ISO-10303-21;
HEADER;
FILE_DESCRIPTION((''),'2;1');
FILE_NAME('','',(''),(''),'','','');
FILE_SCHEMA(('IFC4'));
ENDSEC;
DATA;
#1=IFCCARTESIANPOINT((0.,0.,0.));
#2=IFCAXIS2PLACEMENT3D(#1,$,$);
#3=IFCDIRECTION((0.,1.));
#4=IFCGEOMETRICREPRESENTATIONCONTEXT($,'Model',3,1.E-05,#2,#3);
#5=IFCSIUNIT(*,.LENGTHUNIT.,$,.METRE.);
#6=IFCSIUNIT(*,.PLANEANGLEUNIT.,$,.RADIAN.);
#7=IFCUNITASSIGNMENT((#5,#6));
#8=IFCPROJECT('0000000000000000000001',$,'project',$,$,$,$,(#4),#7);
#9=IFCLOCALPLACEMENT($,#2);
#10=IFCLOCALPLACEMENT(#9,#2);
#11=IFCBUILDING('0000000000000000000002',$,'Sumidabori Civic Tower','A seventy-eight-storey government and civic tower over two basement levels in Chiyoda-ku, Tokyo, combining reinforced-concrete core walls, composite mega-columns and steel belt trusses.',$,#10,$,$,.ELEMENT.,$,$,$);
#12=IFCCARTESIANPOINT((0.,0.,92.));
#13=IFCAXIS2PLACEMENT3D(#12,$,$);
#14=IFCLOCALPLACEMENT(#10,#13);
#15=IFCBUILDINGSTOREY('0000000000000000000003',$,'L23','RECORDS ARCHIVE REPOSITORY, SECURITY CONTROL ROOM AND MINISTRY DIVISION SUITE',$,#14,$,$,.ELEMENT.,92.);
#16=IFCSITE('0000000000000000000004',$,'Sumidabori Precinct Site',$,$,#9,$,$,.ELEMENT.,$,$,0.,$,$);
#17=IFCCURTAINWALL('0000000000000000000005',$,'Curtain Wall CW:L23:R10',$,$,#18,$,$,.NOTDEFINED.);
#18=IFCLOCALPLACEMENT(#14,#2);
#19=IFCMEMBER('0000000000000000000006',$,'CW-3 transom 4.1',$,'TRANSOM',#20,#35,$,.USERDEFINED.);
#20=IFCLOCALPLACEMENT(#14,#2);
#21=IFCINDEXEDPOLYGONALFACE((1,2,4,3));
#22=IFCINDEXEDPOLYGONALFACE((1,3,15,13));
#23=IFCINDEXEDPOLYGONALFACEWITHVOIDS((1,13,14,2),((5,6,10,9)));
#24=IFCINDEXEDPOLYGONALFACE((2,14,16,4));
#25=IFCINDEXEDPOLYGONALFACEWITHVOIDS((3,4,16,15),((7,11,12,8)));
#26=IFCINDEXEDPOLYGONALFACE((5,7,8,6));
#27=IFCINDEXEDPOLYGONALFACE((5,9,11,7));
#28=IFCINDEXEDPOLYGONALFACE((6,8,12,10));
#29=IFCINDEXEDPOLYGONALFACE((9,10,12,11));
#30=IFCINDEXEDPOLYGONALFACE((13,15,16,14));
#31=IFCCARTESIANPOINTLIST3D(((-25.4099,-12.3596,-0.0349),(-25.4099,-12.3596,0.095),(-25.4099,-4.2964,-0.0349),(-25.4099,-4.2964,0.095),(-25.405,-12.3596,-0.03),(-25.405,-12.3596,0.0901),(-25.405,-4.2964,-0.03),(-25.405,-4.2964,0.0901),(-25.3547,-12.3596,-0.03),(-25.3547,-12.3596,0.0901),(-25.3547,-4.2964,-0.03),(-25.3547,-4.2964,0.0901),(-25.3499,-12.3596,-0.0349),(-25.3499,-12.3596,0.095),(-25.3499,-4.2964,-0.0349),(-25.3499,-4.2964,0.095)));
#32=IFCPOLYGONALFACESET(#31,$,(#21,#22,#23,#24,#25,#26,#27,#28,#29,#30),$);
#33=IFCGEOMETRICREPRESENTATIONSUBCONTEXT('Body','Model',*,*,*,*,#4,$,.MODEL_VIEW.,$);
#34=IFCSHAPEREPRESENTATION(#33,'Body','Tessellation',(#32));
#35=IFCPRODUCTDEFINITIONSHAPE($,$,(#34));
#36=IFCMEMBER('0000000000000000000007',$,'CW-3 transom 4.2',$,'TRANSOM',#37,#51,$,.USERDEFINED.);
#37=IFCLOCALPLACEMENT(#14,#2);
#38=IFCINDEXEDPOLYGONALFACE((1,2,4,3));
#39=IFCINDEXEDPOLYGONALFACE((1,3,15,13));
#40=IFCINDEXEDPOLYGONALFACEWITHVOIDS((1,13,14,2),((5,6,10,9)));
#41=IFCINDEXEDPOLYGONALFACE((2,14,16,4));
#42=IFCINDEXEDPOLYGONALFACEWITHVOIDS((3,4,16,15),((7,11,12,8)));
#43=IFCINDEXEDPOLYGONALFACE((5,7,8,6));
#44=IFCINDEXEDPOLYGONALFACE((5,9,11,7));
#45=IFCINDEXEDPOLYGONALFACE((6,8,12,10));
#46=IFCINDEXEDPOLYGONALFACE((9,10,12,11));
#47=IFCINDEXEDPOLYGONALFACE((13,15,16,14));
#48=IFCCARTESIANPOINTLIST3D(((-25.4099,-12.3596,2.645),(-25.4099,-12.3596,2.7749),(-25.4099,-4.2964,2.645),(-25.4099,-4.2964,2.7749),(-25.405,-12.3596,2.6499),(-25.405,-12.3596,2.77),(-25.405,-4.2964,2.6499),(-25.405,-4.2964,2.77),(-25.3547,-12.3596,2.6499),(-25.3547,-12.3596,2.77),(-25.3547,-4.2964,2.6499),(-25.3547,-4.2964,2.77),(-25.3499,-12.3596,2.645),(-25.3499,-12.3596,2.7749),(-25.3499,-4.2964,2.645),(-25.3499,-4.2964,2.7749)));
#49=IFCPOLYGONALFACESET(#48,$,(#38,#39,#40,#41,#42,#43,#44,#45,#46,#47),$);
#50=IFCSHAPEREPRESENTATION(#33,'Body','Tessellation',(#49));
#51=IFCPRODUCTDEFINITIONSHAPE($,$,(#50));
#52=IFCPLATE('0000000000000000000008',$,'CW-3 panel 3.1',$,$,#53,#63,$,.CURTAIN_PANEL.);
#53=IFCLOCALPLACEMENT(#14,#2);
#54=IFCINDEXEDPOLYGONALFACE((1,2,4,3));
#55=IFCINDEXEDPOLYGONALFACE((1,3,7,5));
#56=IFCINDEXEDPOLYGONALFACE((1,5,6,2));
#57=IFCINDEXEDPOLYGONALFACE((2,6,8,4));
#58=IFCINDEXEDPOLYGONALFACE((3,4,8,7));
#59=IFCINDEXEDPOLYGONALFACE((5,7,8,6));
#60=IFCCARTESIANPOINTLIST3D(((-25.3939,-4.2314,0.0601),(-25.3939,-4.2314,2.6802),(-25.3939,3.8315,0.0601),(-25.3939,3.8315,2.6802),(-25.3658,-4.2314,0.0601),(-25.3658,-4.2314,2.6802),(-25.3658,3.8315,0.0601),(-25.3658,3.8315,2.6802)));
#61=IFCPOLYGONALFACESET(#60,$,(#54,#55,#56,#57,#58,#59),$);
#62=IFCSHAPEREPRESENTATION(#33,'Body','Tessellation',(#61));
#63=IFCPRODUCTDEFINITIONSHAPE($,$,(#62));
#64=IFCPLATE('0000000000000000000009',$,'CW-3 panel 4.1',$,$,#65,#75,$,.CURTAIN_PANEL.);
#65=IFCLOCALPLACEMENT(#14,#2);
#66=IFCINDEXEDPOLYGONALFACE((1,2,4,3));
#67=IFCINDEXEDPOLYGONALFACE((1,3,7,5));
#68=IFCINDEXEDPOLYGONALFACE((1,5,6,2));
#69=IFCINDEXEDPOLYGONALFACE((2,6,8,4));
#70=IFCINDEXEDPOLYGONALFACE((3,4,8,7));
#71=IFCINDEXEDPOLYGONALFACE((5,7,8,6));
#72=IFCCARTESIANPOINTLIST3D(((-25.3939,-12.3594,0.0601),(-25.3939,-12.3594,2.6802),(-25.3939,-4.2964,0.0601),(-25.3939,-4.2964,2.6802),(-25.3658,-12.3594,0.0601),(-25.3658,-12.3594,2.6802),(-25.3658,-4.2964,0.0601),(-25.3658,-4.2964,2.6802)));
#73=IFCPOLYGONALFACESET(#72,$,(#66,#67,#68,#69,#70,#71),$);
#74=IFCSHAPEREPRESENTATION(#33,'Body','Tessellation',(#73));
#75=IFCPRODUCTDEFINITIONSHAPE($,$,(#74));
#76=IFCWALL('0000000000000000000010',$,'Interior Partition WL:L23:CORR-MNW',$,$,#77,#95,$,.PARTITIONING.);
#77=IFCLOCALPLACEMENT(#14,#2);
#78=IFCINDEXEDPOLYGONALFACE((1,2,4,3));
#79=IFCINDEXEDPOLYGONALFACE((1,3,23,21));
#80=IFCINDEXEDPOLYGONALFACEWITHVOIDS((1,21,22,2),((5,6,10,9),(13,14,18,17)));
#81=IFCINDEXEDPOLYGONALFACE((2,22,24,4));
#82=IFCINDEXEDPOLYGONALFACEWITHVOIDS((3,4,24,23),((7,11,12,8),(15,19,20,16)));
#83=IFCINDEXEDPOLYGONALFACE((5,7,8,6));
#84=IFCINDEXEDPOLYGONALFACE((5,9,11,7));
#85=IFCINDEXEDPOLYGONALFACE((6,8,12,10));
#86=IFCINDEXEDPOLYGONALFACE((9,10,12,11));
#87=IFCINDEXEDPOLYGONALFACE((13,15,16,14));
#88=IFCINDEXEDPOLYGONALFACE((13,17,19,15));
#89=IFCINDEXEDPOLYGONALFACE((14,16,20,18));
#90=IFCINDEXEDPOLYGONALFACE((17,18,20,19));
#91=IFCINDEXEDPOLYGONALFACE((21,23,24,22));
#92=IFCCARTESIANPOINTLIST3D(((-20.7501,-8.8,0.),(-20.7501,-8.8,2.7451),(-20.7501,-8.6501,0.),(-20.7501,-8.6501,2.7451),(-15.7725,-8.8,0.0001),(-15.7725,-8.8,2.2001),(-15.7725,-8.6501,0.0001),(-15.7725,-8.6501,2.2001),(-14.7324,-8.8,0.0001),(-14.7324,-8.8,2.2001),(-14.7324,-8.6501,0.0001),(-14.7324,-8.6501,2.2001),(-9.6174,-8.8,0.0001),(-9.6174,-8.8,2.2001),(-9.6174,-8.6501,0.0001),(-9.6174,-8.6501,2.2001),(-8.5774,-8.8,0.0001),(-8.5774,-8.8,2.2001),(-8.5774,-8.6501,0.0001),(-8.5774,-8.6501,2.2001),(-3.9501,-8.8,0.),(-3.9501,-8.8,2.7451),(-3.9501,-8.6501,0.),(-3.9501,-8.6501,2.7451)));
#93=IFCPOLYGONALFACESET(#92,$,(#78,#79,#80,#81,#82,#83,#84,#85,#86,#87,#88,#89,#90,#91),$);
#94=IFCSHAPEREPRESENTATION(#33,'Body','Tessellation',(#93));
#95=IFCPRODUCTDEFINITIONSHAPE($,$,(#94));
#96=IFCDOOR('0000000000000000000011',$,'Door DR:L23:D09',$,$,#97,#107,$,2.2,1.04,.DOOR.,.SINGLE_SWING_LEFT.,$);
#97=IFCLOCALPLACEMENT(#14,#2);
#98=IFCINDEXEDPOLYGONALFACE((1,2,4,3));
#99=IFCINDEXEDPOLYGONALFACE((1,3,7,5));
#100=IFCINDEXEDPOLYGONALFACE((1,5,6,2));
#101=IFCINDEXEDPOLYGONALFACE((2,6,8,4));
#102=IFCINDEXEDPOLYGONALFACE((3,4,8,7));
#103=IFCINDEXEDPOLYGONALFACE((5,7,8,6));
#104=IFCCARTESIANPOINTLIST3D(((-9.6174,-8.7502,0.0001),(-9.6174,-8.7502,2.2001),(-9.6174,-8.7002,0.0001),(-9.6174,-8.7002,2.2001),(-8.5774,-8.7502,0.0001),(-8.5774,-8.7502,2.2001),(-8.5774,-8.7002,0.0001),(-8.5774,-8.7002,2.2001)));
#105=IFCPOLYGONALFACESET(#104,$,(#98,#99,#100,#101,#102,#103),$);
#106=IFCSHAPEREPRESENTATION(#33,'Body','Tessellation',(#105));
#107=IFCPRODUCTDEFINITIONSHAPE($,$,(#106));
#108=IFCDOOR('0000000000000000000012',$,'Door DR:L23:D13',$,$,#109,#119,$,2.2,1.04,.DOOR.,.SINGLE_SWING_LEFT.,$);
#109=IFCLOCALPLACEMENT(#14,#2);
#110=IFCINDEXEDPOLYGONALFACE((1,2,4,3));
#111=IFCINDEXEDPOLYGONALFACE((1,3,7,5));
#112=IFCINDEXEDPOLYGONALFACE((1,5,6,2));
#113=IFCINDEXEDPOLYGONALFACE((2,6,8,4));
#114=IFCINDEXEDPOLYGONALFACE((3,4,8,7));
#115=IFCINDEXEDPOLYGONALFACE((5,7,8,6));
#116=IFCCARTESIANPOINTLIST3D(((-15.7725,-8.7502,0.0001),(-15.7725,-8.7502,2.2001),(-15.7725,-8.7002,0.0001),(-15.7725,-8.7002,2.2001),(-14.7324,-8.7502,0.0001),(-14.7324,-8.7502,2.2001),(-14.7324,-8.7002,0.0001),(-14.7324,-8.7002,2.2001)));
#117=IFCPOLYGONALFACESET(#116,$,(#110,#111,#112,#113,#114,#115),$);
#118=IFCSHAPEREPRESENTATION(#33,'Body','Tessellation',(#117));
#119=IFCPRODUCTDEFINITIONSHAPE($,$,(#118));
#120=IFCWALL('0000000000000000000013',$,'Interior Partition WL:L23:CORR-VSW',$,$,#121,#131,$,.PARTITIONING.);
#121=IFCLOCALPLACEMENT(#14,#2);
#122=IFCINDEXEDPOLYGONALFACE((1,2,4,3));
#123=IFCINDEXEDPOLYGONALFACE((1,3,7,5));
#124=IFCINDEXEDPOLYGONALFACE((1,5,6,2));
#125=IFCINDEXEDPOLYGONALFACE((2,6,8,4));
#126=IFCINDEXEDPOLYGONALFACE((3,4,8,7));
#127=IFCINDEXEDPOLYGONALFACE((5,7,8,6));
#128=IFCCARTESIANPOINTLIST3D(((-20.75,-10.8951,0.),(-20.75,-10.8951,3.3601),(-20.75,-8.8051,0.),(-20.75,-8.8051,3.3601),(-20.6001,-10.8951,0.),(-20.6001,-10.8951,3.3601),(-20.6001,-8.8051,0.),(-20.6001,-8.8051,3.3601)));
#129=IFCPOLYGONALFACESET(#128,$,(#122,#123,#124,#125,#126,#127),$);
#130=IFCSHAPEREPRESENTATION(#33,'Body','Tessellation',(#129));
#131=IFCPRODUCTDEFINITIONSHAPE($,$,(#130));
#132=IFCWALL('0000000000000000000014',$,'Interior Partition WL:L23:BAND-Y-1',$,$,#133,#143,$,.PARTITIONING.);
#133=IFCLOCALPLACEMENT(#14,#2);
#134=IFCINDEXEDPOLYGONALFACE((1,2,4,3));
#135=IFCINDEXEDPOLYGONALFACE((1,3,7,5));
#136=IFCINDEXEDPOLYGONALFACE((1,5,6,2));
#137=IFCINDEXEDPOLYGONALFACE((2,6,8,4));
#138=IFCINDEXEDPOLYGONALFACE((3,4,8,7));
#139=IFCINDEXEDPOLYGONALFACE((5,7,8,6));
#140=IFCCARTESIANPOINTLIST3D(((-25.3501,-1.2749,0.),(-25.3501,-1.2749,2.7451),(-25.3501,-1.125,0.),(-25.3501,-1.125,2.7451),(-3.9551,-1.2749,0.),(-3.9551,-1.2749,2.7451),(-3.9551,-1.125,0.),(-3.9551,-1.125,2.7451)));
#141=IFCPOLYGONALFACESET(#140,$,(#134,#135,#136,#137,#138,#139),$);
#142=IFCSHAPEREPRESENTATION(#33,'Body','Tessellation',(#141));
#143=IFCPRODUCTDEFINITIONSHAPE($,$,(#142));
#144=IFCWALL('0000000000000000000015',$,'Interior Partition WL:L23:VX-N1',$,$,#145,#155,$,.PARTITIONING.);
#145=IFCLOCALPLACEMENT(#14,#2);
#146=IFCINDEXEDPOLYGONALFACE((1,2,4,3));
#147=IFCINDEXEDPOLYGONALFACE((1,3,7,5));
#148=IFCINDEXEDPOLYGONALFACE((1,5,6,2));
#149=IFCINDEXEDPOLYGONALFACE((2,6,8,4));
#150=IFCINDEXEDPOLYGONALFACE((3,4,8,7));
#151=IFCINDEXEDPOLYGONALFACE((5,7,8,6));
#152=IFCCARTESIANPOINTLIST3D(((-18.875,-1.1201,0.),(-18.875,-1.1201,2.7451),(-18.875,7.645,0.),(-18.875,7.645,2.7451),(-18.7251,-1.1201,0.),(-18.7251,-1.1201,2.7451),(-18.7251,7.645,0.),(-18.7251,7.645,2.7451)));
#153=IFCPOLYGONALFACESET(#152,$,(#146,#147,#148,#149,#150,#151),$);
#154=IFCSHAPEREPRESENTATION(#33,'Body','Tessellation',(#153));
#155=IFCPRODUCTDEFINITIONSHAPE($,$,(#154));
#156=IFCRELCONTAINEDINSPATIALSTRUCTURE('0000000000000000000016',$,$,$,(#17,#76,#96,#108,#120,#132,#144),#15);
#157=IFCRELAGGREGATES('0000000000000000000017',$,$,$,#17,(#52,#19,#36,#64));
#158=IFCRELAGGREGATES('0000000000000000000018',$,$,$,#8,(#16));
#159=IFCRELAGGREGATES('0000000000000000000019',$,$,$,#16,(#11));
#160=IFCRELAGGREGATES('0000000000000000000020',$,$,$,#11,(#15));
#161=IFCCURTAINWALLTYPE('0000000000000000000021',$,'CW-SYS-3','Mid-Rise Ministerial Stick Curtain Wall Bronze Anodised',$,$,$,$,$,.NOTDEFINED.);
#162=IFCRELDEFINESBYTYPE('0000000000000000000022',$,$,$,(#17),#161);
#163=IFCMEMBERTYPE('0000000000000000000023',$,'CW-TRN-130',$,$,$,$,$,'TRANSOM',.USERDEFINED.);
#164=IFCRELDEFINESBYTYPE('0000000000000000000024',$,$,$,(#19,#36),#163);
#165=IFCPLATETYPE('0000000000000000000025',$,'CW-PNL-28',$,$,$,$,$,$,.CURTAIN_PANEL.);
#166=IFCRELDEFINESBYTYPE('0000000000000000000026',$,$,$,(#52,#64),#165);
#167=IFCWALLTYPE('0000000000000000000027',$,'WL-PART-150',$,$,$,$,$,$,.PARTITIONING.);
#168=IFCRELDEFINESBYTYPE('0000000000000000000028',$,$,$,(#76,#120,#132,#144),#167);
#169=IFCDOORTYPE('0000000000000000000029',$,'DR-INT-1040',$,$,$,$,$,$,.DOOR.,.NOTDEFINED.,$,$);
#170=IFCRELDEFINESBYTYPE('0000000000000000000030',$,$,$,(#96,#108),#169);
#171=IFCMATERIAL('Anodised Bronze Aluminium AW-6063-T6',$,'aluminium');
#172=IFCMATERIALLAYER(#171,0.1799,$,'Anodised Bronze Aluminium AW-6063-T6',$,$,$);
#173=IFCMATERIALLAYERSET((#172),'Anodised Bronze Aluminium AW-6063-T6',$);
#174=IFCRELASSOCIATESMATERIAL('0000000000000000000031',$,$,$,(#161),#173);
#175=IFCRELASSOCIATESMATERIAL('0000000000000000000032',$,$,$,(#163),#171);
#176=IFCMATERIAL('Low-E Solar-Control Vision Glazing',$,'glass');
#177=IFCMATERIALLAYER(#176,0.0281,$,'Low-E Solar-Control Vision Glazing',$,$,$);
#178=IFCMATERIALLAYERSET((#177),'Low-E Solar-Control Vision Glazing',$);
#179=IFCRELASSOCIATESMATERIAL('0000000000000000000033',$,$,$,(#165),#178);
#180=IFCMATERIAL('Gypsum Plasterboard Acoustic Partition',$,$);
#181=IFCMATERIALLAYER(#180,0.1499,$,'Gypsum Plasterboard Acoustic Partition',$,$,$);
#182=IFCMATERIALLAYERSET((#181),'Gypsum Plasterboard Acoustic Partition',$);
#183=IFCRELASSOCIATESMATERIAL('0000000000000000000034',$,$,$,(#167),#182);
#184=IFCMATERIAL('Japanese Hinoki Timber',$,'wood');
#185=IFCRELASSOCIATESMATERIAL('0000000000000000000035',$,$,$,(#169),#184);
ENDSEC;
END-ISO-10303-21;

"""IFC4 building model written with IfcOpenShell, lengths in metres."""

from ifc_helpers import new_model, si_unit, direction, frame, frame_2d, origin, origin_2d, place, context, subcontext, project, spatial, rectangle, hollow_rectangle, extrude, source, transform, mapped, material, layer, layer_set, material_profile, profile_set, type_object, element, fill, aggregate, save


model = new_model("IFC4")

# Units and contexts
model_context = context("Model", 3, precision=1e-05, world=origin(), true_north=direction((0.0, 1.0)))
body_context = subcontext(model_context, "Body", "Model", "MODEL_VIEW")
ifc_project = project(units=[si_unit("LENGTHUNIT", "METRE"), si_unit("PLANEANGLEUNIT", "RADIAN")], contexts=[model_context])

# Site, building, storey
site_placement = place(None, origin())
site = spatial("IfcSite", under=ifc_project, at=site_placement, Name="Sumidabori Precinct Site", CompositionType="ELEMENT", RefElevation=0.0)
building_placement = place(site_placement, origin())
building = spatial("IfcBuilding", under=site, at=building_placement, Name="Sumidabori Civic Tower", Description="A seventy-eight-storey government and civic tower over two basement levels in Chiyoda-ku, Tokyo, combining reinforced-concrete core walls, composite mega-columns and steel belt trusses.", CompositionType="ELEMENT")
storey_placement = place(building_placement, frame((0.0, 0.0, 92.0)))
storey = spatial("IfcBuildingStorey", under=building, at=storey_placement, Name="L23", Description="RECORDS ARCHIVE REPOSITORY, SECURITY CONTROL ROOM AND MINISTRY DIVISION SUITE", CompositionType="ELEMENT", Elevation=92.0)

# Curtain wall, members, plates
ifc_material_1 = material(Name="Anodised Bronze Aluminium AW-6063-T6", Category="aluminium")
ifc_layer_1 = layer(ifc_material_1, 0.1799, Name="Anodised Bronze Aluminium AW-6063-T6")
ifc_layer_set_1 = layer_set([ifc_layer_1], Name="Anodised Bronze Aluminium AW-6063-T6")
curtain_wall_type = type_object("IfcCurtainWallType", Name="CW-SYS-3", Description="Mid-Rise Ministerial Stick Curtain Wall Bronze Anodised", PredefinedType="NOTDEFINED", material=ifc_layer_set_1)
curtain_wall_placement = place(storey_placement, origin())
curtain_wall = element("IfcCurtainWall", 1, at=curtain_wall_placement, inside=storey, type_object=curtain_wall_type, Name="Curtain Wall CW:L23:R10", PredefinedType="NOTDEFINED")
ifc_material_profile_1 = material_profile(ifc_material_1, hollow_rectangle(XDim=0.0601, YDim=0.1299, WallThickness=0.0049, at=origin_2d()), Name="ALU TRANSOM 130x60")
ifc_profile_set_1 = profile_set([ifc_material_profile_1], Name="Anodised Bronze Aluminium AW-6063-T6")
member_type_1 = type_object("IfcMemberType", Name="CW-TRN-130", ElementType="TRANSOM", PredefinedType="USERDEFINED", material=ifc_profile_set_1)
shared_shape_1 = source(origin(), body_context, "Body", "SweptSolid", [
    extrude(hollow_rectangle(XDim=0.0601, YDim=0.1299, WallThickness=0.0049, at=origin_2d()), origin(), (0.0, 0.0, 1.0), 8.0632),
])
member_1_placement = place(storey_placement, frame((-25.3799, -4.2964, 0.03), z_axis=(0.0, -1.0, 0.0), x_axis=(1.0, 0.0, 0.0)))
member_1 = element("IfcMember", 2, at=member_1_placement, type_object=member_type_1, Name="CW-3 transom 4.1", ObjectType="TRANSOM", PredefinedType="USERDEFINED", context=body_context, shape_type="MappedRepresentation", body=[
    mapped(shared_shape_1, transform((0.0, 0.0, 0.0), x_axis=(1.0, 0.0, 0.0), y_axis=(0.0, 1.0, 0.0), z_axis=(0.0, 0.0, 1.0), scale=1.0)),
])
member_2_placement = place(storey_placement, frame((-25.3799, -4.2964, 2.71), z_axis=(0.0, -1.0, 0.0), x_axis=(1.0, 0.0, 0.0)))
member_2 = element("IfcMember", 3, at=member_2_placement, type_object=member_type_1, Name="CW-3 transom 4.2", ObjectType="TRANSOM", PredefinedType="USERDEFINED", context=body_context, shape_type="MappedRepresentation", body=[
    mapped(shared_shape_1, transform((0.0, 0.0, 0.0), x_axis=(1.0, 0.0, 0.0), y_axis=(0.0, 1.0, 0.0), z_axis=(0.0, 0.0, 1.0), scale=1.0)),
])
ifc_material_2 = material(Name="Low-E Solar-Control Vision Glazing", Category="glass")
ifc_layer_2 = layer(ifc_material_2, 0.0281, Name="Low-E Solar-Control Vision Glazing")
ifc_layer_set_2 = layer_set([ifc_layer_2], Name="Low-E Solar-Control Vision Glazing")
plate_type = type_object("IfcPlateType", Name="CW-PNL-28", PredefinedType="CURTAIN_PANEL", material=ifc_layer_set_2)
shared_shape_2 = source(origin(), body_context, "Body", "SweptSolid", [
    extrude(rectangle(XDim=8.063, YDim=0.0281, at=origin_2d()), origin(), (0.0, 0.0, 1.0), 2.6201),
])
plate_1_placement = place(storey_placement, frame((-25.3799, -0.2, 0.0601), z_axis=(0.0, 0.0, 1.0), x_axis=(0.0, -1.0, 0.0)))
plate_1 = element("IfcPlate", 4, at=plate_1_placement, type_object=plate_type, Name="CW-3 panel 3.1", PredefinedType="CURTAIN_PANEL", context=body_context, shape_type="MappedRepresentation", body=[
    mapped(shared_shape_2, transform((0.0, 0.0, 0.0), x_axis=(1.0, 0.0, 0.0), y_axis=(0.0, 1.0, 0.0), z_axis=(0.0, 0.0, 1.0), scale=1.0)),
])
plate_2_placement = place(storey_placement, frame((-25.3799, -8.3279, 0.0601), z_axis=(0.0, 0.0, 1.0), x_axis=(0.0, -1.0, 0.0)))
plate_2 = element("IfcPlate", 5, at=plate_2_placement, type_object=plate_type, Name="CW-3 panel 4.1", PredefinedType="CURTAIN_PANEL", context=body_context, shape_type="MappedRepresentation", body=[
    mapped(shared_shape_2, transform((0.0, 0.0, 0.0), x_axis=(1.0, 0.0, 0.0), y_axis=(0.0, 1.0, 0.0), z_axis=(0.0, 0.0, 1.0), scale=1.0)),
])
aggregate(curtain_wall, [plate_1, member_1, member_2, plate_2])

# Wall, openings, doors
ifc_material_3 = material(Name="Gypsum Plasterboard Acoustic Partition")
ifc_layer_3 = layer(ifc_material_3, 0.1499, Name="Gypsum Plasterboard Acoustic Partition")
ifc_layer_set_3 = layer_set([ifc_layer_3], Name="Gypsum Plasterboard Acoustic Partition")
wall_type = type_object("IfcWallType", Name="WL-PART-150", PredefinedType="PARTITIONING", material=ifc_layer_set_3)
shared_shape_3 = source(origin(), body_context, "Body", "SweptSolid", [
    extrude(rectangle(XDim=16.8, YDim=0.1499, at=frame_2d((8.3999, 0.0))), origin(), (0.0, 0.0, 1.0), 2.7451),
])
wall_1_placement = place(storey_placement, frame((-20.75, -8.7251, 0.0), z_axis=(0.0, 0.0, 1.0), x_axis=(1.0, 0.0, 0.0)))
wall_1 = element("IfcWall", 6, at=wall_1_placement, inside=storey, type_object=wall_type, Name="Interior Partition WL:L23:CORR-MNW", PredefinedType="PARTITIONING", context=body_context, shape_type="MappedRepresentation", body=[
    mapped(shared_shape_3, transform((0.0, 0.0, 0.0), x_axis=(1.0, 0.0, 0.0), y_axis=(0.0, 1.0, 0.0), z_axis=(0.0, 0.0, 1.0), scale=1.0)),
])
opening_1_placement = place(wall_1_placement, frame((11.1326, 0.0, 0.0)))
opening_1 = element("IfcOpeningElement", 7, at=opening_1_placement, cuts=wall_1, PredefinedType="OPENING", context=body_context, shape_type="SweptSolid", body=[
    extrude(rectangle(XDim=1.04, YDim=2.2, at=frame_2d((0.52, 1.1001))), frame((0.0, 0.0869, 0.0), z_axis=(0.0, -1.0, 0.0), x_axis=(1.0, 0.0, 0.0)), (0.0, 0.0, 1.0), 0.1738),
])
opening_2_placement = place(wall_1_placement, frame((4.9775, 0.0, 0.0)))
opening_2 = element("IfcOpeningElement", 8, at=opening_2_placement, cuts=wall_1, PredefinedType="OPENING", context=body_context, shape_type="SweptSolid", body=[
    extrude(rectangle(XDim=1.04, YDim=2.2, at=frame_2d((0.52, 1.1001))), frame((0.0, 0.0869, 0.0), z_axis=(0.0, -1.0, 0.0), x_axis=(1.0, 0.0, 0.0)), (0.0, 0.0, 1.0), 0.1738),
])
ifc_material_4 = material(Name="Japanese Hinoki Timber", Category="wood")
door_type = type_object("IfcDoorType", Name="DR-INT-1040", OperationType="NOTDEFINED", PredefinedType="DOOR", material=ifc_material_4)
shared_shape_4 = source(origin(), body_context, "Body", "SweptSolid", [
    extrude(rectangle(XDim=1.04, YDim=2.2, at=frame_2d((0.52, 1.1001))), frame((0.0, 0.0249, 0.0), z_axis=(0.0, -1.0, 0.0), x_axis=(1.0, 0.0, 0.0)), (0.0, 0.0, 1.0), 0.05),
])
door_1_placement = place(opening_1_placement, origin())
door_1 = element("IfcDoor", 9, at=door_1_placement, inside=storey, type_object=door_type, Name="Door DR:L23:D09", OperationType="SINGLE_SWING_LEFT", OverallHeight=2.2, OverallWidth=1.04, PredefinedType="DOOR", context=body_context, shape_type="MappedRepresentation", body=[
    mapped(shared_shape_4, transform((0.0, 0.0, 0.0), x_axis=(1.0, 0.0, 0.0), y_axis=(0.0, 1.0, 0.0), z_axis=(0.0, 0.0, 1.0), scale=1.0)),
])
fill(opening_1, door_1)
door_2_placement = place(opening_2_placement, origin())
door_2 = element("IfcDoor", 10, at=door_2_placement, inside=storey, type_object=door_type, Name="Door DR:L23:D13", OperationType="SINGLE_SWING_LEFT", OverallHeight=2.2, OverallWidth=1.04, PredefinedType="DOOR", context=body_context, shape_type="MappedRepresentation", body=[
    mapped(shared_shape_4, transform((0.0, 0.0, 0.0), x_axis=(1.0, 0.0, 0.0), y_axis=(0.0, 1.0, 0.0), z_axis=(0.0, 0.0, 1.0), scale=1.0)),
])
fill(opening_2, door_2)

# Walls
shared_shape_5 = source(origin(), body_context, "Body", "SweptSolid", [
    extrude(rectangle(XDim=2.0901, YDim=0.1499, at=frame_2d((1.0449, 0.0))), origin(), (0.0, 0.0, 1.0), 3.3601),
])
wall_2_placement = place(storey_placement, frame((-20.675, -10.895, 0.0), z_axis=(0.0, 0.0, 1.0), x_axis=(0.0, 1.0, 0.0)))
element("IfcWall", 11, at=wall_2_placement, inside=storey, type_object=wall_type, Name="Interior Partition WL:L23:CORR-VSW", PredefinedType="PARTITIONING", context=body_context, shape_type="MappedRepresentation", body=[
    mapped(shared_shape_5, transform((0.0, 0.0, 0.0), x_axis=(1.0, 0.0, 0.0), y_axis=(0.0, 1.0, 0.0), z_axis=(0.0, 0.0, 1.0), scale=1.0)),
])
shared_shape_6 = source(origin(), body_context, "Body", "SweptSolid", [
    extrude(rectangle(XDim=21.395, YDim=0.1499, at=frame_2d((10.6975, 0.0))), origin(), (0.0, 0.0, 1.0), 2.7451),
])
wall_3_placement = place(storey_placement, frame((-25.3501, -1.2, 0.0), z_axis=(0.0, 0.0, 1.0), x_axis=(1.0, 0.0, 0.0)))
element("IfcWall", 12, at=wall_3_placement, inside=storey, type_object=wall_type, Name="Interior Partition WL:L23:BAND-Y-1", PredefinedType="PARTITIONING", context=body_context, shape_type="MappedRepresentation", body=[
    mapped(shared_shape_6, transform((0.0, 0.0, 0.0), x_axis=(1.0, 0.0, 0.0), y_axis=(0.0, 1.0, 0.0), z_axis=(0.0, 0.0, 1.0), scale=1.0)),
])
shared_shape_7 = source(origin(), body_context, "Body", "SweptSolid", [
    extrude(rectangle(XDim=8.7651, YDim=0.1499, at=frame_2d((4.3826, 0.0))), origin(), (0.0, 0.0, 1.0), 2.7451),
])
wall_4_placement = place(storey_placement, frame((-18.8, -1.1201, 0.0), z_axis=(0.0, 0.0, 1.0), x_axis=(0.0, 1.0, 0.0)))
element("IfcWall", 13, at=wall_4_placement, inside=storey, type_object=wall_type, Name="Interior Partition WL:L23:VX-N1", PredefinedType="PARTITIONING", context=body_context, shape_type="MappedRepresentation", body=[
    mapped(shared_shape_7, transform((0.0, 0.0, 0.0), x_axis=(1.0, 0.0, 0.0), y_axis=(0.0, 1.0, 0.0), z_axis=(0.0, 0.0, 1.0), scale=1.0)),
])

save(model, "model.ifc")
